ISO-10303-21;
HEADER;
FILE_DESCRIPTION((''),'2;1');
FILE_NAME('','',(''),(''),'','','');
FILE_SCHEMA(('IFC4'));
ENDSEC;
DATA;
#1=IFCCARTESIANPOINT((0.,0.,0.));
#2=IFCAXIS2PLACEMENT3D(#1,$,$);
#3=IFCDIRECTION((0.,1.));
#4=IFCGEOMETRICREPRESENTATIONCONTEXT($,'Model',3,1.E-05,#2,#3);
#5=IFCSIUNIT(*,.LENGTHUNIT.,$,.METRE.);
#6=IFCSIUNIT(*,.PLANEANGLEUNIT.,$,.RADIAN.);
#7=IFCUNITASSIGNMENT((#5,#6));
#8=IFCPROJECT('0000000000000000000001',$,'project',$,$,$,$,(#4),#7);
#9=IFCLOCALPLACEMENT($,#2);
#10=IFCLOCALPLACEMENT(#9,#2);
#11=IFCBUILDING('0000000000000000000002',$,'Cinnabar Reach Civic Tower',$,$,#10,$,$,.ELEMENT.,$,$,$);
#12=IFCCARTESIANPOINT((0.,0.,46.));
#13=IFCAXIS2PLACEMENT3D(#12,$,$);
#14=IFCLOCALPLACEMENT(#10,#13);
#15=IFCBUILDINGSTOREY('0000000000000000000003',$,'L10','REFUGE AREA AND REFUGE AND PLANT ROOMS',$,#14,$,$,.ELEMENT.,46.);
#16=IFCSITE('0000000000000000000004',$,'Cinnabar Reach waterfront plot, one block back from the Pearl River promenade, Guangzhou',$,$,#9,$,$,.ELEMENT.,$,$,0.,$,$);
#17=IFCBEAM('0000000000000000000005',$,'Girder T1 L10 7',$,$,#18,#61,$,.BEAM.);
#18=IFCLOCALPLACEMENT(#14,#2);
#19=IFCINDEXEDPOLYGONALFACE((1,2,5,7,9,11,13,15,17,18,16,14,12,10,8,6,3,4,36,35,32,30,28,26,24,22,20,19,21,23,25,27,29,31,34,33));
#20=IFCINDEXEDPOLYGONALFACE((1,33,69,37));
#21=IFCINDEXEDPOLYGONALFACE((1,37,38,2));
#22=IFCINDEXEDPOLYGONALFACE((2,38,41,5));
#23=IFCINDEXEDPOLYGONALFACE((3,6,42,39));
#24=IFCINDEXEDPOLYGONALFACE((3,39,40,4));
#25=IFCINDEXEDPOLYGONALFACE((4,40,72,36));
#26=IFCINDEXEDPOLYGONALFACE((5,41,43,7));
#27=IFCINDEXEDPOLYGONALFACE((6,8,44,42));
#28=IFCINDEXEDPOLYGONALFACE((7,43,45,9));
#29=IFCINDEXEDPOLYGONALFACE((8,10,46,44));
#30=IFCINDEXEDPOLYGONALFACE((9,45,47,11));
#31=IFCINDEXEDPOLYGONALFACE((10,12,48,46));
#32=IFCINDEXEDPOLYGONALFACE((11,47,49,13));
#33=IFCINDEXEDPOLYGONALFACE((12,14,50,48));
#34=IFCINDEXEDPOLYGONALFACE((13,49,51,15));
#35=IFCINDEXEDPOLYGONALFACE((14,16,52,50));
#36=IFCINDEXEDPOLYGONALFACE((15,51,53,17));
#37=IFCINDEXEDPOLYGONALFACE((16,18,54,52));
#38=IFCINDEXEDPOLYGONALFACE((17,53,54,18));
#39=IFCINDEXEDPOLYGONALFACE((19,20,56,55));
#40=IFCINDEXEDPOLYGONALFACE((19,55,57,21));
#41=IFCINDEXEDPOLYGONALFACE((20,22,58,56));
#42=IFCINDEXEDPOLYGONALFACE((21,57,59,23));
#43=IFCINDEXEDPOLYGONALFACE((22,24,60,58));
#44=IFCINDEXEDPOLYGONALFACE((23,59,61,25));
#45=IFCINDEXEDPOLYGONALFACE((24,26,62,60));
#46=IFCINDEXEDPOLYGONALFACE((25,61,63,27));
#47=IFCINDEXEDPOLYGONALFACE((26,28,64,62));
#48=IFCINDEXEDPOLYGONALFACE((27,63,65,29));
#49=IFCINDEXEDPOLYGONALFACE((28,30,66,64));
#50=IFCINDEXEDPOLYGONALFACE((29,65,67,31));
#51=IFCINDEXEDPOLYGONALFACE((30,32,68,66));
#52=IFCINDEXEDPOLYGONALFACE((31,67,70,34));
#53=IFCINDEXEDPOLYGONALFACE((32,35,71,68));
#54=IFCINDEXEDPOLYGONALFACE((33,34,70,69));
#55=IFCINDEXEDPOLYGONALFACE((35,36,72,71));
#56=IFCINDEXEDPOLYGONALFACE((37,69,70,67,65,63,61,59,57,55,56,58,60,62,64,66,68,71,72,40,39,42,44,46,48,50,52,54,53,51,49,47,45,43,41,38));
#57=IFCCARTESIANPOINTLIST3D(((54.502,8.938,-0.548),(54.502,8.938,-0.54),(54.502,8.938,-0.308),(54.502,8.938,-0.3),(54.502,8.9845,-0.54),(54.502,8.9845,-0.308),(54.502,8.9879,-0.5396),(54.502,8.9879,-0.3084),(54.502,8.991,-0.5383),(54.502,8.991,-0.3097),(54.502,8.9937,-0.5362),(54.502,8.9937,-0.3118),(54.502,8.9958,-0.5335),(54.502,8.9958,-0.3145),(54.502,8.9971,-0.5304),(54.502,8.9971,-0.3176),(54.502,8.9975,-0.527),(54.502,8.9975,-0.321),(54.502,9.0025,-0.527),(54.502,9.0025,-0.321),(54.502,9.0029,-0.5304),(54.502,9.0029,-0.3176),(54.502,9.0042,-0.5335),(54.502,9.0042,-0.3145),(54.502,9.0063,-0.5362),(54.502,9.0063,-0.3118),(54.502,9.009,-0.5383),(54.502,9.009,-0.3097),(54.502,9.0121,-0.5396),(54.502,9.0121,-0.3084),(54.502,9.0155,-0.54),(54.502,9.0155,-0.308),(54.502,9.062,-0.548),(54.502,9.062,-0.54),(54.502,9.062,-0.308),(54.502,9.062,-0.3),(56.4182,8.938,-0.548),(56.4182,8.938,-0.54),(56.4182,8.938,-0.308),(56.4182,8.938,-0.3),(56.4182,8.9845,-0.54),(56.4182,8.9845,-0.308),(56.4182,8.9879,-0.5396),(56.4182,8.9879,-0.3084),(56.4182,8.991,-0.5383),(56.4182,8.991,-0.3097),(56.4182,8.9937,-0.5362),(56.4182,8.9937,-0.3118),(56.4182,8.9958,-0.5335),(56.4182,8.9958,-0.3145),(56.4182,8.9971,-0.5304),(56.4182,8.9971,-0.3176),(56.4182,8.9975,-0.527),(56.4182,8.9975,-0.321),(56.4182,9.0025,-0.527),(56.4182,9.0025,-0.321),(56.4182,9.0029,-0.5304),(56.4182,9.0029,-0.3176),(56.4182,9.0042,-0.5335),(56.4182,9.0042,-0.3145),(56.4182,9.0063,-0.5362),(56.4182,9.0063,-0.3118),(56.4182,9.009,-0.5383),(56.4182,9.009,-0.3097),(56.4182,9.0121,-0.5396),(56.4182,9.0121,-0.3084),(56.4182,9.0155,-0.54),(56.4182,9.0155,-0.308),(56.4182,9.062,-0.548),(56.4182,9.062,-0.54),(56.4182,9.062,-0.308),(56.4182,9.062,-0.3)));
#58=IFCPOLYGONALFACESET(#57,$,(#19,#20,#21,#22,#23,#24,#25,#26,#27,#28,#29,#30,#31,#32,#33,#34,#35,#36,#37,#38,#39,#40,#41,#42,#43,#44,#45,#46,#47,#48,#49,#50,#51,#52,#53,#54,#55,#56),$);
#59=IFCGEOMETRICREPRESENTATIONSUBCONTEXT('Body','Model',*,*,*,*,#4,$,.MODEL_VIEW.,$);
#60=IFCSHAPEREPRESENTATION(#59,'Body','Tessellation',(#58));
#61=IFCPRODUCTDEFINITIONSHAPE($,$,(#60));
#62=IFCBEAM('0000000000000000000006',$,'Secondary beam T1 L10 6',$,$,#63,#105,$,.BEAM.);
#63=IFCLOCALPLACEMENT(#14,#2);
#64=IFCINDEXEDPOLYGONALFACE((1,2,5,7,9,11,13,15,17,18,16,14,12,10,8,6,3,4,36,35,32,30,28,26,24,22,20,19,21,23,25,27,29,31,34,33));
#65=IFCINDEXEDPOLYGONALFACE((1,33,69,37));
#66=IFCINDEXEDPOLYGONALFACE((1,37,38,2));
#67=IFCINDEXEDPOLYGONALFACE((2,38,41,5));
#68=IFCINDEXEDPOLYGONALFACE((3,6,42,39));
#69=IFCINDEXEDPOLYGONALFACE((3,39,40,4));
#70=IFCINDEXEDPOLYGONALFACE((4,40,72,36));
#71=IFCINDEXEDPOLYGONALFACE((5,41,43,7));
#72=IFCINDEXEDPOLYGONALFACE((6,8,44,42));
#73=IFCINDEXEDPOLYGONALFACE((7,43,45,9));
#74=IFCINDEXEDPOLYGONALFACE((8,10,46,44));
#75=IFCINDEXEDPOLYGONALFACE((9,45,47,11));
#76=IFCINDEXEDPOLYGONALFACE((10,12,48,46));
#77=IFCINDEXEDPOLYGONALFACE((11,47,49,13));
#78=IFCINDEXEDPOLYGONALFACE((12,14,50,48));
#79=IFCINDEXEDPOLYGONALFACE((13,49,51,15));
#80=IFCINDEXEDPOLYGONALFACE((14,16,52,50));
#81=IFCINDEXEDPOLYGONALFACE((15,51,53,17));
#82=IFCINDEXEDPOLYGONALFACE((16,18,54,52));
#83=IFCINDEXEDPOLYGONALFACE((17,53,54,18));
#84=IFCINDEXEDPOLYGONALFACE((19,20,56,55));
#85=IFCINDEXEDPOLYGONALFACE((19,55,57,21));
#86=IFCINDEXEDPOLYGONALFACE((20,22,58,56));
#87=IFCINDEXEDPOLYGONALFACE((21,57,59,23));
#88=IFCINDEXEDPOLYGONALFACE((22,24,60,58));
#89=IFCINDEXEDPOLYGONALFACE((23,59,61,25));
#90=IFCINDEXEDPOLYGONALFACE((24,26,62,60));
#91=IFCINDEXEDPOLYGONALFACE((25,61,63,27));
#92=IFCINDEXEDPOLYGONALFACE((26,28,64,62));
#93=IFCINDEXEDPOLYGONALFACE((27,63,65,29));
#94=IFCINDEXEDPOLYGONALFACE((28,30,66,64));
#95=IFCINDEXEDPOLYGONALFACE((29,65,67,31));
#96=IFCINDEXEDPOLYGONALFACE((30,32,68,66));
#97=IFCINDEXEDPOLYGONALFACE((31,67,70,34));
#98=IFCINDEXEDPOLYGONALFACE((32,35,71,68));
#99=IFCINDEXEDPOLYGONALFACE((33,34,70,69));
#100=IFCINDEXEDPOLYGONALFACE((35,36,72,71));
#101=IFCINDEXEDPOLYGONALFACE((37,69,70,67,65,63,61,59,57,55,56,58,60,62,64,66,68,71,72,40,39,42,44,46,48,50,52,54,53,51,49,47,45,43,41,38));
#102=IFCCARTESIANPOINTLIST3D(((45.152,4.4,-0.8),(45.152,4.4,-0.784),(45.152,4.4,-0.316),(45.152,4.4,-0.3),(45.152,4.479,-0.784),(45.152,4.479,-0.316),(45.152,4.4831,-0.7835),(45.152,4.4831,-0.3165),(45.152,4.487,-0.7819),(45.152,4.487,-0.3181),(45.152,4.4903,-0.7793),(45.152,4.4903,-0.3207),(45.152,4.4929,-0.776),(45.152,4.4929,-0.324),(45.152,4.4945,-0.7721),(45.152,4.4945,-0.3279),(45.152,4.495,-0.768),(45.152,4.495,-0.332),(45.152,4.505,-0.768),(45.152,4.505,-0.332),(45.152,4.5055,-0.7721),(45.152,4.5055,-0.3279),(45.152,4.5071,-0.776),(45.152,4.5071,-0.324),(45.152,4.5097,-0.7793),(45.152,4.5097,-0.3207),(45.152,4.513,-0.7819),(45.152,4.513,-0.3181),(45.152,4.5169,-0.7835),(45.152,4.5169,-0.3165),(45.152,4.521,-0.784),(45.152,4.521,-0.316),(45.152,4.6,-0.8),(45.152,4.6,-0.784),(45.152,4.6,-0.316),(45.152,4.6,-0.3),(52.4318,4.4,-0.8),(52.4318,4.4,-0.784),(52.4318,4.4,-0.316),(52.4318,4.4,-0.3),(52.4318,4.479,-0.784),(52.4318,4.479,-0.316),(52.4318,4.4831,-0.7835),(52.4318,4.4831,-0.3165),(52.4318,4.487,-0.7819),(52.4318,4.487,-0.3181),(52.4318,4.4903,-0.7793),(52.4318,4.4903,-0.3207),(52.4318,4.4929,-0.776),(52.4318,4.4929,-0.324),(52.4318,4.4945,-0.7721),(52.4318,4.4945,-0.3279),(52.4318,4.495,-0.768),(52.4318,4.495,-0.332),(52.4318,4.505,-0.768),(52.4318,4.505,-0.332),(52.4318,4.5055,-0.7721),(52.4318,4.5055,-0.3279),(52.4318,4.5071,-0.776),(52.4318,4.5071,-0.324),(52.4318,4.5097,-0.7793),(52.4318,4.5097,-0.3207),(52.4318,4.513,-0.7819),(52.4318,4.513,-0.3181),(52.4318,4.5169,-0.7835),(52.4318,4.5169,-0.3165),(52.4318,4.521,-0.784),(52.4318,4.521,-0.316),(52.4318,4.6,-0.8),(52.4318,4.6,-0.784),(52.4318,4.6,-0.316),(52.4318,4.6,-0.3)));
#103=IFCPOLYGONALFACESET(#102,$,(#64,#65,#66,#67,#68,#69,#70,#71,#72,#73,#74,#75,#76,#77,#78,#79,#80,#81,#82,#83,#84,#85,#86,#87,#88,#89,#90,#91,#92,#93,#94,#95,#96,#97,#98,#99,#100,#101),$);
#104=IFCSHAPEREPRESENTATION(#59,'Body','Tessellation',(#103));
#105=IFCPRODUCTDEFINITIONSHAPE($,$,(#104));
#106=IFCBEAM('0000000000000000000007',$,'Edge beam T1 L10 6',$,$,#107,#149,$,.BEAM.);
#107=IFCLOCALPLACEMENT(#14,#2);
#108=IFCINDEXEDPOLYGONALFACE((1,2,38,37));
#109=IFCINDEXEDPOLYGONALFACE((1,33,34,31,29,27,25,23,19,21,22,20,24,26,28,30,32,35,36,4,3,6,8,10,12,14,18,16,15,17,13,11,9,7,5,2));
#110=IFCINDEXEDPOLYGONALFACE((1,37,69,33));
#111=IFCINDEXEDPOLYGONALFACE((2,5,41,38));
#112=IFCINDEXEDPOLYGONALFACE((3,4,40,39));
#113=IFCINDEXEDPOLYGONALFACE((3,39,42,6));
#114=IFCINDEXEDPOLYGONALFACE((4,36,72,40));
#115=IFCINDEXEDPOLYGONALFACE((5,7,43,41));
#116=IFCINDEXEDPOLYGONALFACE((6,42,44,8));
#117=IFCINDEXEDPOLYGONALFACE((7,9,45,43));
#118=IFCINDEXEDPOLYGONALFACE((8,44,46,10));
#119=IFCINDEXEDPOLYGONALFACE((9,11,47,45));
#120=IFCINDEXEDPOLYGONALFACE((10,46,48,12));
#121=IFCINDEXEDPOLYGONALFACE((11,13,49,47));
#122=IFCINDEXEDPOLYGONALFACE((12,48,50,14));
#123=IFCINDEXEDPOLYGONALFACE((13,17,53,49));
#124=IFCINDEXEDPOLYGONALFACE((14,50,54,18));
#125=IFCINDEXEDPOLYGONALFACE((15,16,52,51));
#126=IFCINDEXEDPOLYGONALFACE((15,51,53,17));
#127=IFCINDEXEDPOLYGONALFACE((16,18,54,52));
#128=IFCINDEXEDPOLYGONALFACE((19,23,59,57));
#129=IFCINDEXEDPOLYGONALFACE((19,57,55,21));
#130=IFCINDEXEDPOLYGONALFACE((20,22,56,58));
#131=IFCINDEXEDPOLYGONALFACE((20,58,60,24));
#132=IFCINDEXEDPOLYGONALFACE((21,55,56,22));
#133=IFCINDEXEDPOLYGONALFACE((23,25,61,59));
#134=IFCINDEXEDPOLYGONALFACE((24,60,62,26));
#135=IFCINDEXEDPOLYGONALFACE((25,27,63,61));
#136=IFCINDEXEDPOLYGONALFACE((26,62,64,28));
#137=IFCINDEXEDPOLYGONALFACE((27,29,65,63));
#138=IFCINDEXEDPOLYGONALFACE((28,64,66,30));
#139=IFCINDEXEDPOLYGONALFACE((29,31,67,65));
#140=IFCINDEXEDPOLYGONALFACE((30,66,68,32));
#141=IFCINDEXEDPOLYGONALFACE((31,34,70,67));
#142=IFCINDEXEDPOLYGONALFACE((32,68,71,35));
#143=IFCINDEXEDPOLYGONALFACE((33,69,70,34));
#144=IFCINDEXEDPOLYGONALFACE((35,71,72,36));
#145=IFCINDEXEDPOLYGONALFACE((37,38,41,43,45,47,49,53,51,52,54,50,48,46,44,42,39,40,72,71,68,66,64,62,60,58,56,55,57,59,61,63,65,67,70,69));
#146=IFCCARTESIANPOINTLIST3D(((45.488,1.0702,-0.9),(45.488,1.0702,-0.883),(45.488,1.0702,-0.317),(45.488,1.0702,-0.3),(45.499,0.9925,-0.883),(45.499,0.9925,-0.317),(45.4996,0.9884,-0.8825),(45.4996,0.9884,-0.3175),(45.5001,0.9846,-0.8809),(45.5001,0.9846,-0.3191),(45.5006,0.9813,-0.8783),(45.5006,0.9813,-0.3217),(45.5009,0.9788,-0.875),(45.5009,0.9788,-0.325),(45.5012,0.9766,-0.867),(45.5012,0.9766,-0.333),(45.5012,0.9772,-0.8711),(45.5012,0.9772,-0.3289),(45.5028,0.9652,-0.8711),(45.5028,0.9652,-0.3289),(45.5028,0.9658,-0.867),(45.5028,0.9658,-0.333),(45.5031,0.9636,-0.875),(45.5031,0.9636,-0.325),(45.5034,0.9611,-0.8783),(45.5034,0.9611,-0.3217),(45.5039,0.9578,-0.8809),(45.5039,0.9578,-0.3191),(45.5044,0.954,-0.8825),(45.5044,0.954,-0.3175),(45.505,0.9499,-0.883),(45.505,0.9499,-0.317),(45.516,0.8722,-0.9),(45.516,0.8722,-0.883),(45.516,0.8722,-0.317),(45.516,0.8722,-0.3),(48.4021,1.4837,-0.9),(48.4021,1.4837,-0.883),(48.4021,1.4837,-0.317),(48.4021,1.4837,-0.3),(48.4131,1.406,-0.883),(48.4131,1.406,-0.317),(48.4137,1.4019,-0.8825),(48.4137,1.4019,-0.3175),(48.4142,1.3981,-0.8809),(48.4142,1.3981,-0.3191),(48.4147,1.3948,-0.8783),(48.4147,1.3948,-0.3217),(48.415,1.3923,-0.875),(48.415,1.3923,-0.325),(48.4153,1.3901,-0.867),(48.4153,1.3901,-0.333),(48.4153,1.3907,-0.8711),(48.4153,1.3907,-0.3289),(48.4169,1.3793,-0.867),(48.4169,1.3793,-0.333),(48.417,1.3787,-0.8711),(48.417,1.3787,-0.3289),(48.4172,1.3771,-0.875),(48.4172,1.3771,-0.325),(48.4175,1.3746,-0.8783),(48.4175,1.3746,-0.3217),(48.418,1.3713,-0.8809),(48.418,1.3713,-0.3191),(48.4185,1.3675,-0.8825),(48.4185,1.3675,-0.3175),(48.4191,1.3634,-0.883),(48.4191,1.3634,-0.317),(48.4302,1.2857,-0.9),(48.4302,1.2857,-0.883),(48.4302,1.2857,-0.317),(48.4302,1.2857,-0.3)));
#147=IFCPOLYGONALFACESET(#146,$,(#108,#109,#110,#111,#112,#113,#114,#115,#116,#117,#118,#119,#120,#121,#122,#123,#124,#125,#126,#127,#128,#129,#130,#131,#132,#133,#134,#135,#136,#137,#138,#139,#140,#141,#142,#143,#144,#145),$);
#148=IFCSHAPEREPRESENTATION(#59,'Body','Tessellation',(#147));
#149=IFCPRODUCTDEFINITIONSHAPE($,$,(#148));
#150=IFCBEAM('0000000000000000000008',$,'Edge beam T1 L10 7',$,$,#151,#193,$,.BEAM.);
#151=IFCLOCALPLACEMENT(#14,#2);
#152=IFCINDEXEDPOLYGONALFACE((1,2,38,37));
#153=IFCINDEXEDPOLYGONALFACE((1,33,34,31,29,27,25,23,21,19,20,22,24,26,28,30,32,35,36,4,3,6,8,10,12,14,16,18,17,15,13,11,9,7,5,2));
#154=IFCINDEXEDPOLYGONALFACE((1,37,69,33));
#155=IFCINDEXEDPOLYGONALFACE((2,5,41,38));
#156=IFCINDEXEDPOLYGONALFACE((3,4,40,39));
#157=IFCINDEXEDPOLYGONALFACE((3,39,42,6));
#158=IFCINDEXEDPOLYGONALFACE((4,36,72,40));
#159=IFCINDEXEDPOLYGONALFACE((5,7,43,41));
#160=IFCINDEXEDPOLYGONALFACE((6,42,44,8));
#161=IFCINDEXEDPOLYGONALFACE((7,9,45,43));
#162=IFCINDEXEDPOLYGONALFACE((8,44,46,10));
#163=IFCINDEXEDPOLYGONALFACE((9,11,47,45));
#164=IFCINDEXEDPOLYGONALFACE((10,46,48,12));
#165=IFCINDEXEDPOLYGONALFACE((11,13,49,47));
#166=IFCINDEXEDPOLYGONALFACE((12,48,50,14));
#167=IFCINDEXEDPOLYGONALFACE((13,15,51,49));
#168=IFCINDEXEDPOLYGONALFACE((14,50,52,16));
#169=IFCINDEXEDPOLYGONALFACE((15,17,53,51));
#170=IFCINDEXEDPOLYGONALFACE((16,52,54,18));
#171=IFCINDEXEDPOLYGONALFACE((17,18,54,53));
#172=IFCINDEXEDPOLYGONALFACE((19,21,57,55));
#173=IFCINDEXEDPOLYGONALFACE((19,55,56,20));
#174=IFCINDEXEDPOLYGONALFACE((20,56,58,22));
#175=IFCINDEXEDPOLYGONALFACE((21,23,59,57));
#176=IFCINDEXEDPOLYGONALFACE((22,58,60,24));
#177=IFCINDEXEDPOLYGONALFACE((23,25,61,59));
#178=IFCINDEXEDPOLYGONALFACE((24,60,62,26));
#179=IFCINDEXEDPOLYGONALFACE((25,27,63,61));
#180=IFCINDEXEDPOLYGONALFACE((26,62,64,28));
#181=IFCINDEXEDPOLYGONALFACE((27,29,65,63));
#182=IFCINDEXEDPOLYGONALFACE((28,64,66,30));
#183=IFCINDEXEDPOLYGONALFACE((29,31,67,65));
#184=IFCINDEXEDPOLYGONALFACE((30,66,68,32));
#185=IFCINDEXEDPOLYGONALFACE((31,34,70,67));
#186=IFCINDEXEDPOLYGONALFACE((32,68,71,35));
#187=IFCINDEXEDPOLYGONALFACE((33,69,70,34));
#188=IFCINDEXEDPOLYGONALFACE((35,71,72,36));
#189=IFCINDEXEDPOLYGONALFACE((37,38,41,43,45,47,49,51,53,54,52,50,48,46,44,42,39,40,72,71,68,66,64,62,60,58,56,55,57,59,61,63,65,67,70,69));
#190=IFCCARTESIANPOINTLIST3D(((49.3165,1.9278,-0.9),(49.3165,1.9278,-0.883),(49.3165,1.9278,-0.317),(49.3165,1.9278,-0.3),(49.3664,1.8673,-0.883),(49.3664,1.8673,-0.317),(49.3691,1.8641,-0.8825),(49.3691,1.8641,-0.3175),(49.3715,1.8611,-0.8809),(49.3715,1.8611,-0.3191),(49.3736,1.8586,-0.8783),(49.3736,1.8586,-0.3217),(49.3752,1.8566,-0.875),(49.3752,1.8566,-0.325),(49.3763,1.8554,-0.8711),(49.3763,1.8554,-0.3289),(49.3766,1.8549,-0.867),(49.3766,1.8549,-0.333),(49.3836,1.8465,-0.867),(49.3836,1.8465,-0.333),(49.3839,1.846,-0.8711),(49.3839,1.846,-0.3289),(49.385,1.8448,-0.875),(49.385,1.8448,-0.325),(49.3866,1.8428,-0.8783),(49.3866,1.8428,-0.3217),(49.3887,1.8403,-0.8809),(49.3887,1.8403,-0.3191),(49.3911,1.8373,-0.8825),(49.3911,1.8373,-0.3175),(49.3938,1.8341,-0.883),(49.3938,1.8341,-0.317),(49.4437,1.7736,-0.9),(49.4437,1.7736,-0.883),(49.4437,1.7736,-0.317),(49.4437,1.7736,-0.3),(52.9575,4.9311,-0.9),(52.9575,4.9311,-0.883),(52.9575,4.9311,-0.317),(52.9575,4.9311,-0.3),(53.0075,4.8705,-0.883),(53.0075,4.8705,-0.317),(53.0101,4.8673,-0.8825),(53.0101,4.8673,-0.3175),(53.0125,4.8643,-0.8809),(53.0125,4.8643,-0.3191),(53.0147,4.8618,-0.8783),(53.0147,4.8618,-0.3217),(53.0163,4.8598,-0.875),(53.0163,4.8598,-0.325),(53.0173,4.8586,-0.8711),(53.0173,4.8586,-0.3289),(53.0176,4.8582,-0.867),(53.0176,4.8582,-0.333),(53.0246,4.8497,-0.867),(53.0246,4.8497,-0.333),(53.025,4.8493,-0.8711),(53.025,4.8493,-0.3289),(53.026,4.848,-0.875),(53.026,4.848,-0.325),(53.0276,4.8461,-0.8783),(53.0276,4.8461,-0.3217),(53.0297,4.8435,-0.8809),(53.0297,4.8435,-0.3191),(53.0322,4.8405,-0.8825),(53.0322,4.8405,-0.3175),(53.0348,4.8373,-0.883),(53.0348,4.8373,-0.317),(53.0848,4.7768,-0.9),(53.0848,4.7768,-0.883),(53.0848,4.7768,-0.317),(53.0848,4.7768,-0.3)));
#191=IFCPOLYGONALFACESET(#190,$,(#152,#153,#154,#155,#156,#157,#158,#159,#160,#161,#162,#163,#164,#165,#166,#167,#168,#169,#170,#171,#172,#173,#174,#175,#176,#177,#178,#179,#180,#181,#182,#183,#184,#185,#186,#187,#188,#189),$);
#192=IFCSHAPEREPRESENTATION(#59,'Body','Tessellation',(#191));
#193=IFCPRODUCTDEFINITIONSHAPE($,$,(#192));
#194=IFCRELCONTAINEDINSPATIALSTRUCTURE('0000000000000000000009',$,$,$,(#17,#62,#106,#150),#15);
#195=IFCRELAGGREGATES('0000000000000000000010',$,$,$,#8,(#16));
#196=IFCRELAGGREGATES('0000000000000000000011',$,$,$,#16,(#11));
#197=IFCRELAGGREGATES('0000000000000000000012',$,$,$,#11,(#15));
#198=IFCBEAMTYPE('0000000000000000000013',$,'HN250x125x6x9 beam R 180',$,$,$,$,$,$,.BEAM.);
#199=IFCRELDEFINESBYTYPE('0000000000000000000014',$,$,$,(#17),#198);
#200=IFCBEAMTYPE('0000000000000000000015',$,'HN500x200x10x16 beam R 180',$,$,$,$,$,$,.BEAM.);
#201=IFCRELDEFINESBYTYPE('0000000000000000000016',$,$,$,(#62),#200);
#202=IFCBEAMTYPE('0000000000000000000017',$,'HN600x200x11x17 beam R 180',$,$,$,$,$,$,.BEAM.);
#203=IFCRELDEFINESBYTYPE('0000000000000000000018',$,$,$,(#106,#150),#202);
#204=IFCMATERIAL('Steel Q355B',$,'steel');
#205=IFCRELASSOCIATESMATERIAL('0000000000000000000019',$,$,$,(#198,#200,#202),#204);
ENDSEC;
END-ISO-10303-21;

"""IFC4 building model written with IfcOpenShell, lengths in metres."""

from ifc_helpers import new_model, si_unit, direction, frame, origin, origin_2d, place, context, subcontext, project, spatial, i_section, extrude, material, material_profile, profile_set, type_object, element, save


model = new_model("IFC4")

# Units and contexts
model_context = context("Model", 3, precision=1e-05, world=origin(), true_north=direction((0.0, 1.0)))
body_context = subcontext(model_context, "Body", "Model", "MODEL_VIEW")
ifc_project = project(units=[si_unit("LENGTHUNIT", "METRE"), si_unit("PLANEANGLEUNIT", "RADIAN")], contexts=[model_context])

# Site, building, storey
site_placement = place(None, origin())
site = spatial("IfcSite", under=ifc_project, at=site_placement, Name="Cinnabar Reach waterfront plot, one block back from the Pearl River promenade, Guangzhou", CompositionType="ELEMENT", RefElevation=0.0)
building_placement = place(site_placement, origin())
building = spatial("IfcBuilding", under=site, at=building_placement, Name="Cinnabar Reach Civic Tower", CompositionType="ELEMENT")
storey_placement = place(building_placement, frame((0.0, 0.0, 46.0)))
storey = spatial("IfcBuildingStorey", under=building, at=storey_placement, Name="L10", Description="REFUGE AREA AND REFUGE AND PLANT ROOMS", CompositionType="ELEMENT", Elevation=46.0)

# Beams
ifc_material_1 = material(Name="Steel Q355B", Category="steel")
ifc_material_profile_1 = material_profile(ifc_material_1, i_section(OverallWidth=0.124, OverallDepth=0.248, WebThickness=0.005, FlangeThickness=0.008, FilletRadius=0.013, at=origin_2d()), Name="HN250x125x6x9")
ifc_profile_set_1 = profile_set([ifc_material_profile_1], Name="Steel Q355B")
beam_type_1 = type_object("IfcBeamType", Name="HN250x125x6x9 beam R 180", PredefinedType="BEAM", material=ifc_profile_set_1)
beam_1_placement = place(storey_placement, frame((54.502, 9.0, -0.424), z_axis=(1.0, 0.0, 0.0), x_axis=(0.0, 1.0, 0.0)))
element("IfcBeam", 1, at=beam_1_placement, inside=storey, type_object=beam_type_1, Name="Girder T1 L10 7", PredefinedType="BEAM", context=body_context, shape_type="SweptSolid", body=[
    extrude(i_section(OverallWidth=0.124, OverallDepth=0.248, WebThickness=0.005, FlangeThickness=0.008, FilletRadius=0.013, at=origin_2d()), origin(), (0.0, 0.0, 1.0), 1.9162),
])
ifc_material_profile_2 = material_profile(ifc_material_1, i_section(OverallWidth=0.2, OverallDepth=0.5, WebThickness=0.01, FlangeThickness=0.016, FilletRadius=0.016, at=origin_2d()), Name="HN500x200x10x16")
ifc_profile_set_2 = profile_set([ifc_material_profile_2], Name="Steel Q355B")
beam_type_2 = type_object("IfcBeamType", Name="HN500x200x10x16 beam R 180", PredefinedType="BEAM", material=ifc_profile_set_2)
beam_2_placement = place(storey_placement, frame((45.152, 4.5, -0.55), z_axis=(1.0, 0.0, 0.0), x_axis=(0.0, 1.0, 0.0)))
element("IfcBeam", 2, at=beam_2_placement, inside=storey, type_object=beam_type_2, Name="Secondary beam T1 L10 6", PredefinedType="BEAM", context=body_context, shape_type="SweptSolid", body=[
    extrude(i_section(OverallWidth=0.2, OverallDepth=0.5, WebThickness=0.01, FlangeThickness=0.016, FilletRadius=0.016, at=origin_2d()), origin(), (0.0, 0.0, 1.0), 7.2798),
])
ifc_material_profile_3 = material_profile(ifc_material_1, i_section(OverallWidth=0.2, OverallDepth=0.6, WebThickness=0.011, FlangeThickness=0.017, FilletRadius=0.016, at=origin_2d()), Name="HN600x200x11x17")
ifc_profile_set_3 = profile_set([ifc_material_profile_3], Name="Steel Q355B")
beam_type_3 = type_object("IfcBeamType", Name="HN600x200x11x17 beam R 180", PredefinedType="BEAM", material=ifc_profile_set_3)
beam_3_placement = place(storey_placement, frame((45.502, 0.9712, -0.6), z_axis=(0.990082, 0.140489, 0.0), x_axis=(-0.140489, 0.990082, 0.0)))
element("IfcBeam", 3, at=beam_3_placement, inside=storey, type_object=beam_type_3, Name="Edge beam T1 L10 6", PredefinedType="BEAM", context=body_context, shape_type="SweptSolid", body=[
    extrude(i_section(OverallWidth=0.2, OverallDepth=0.6, WebThickness=0.011, FlangeThickness=0.017, FilletRadius=0.016, at=origin_2d()), origin(), (0.0, 0.0, 1.0), 2.9433),
])
for number, where, z_axis, x_axis, name in (
    (4, (49.3801, 1.8507, -0.6), (0.771438, 0.636304, 0.0), (-0.636304, 0.771438, 0.0), "Edge beam T1 L10 7"),
):
    element("IfcBeam", number, at=place(storey_placement, frame(where, z_axis=z_axis, x_axis=x_axis)), inside=storey, type_object=beam_type_3, Name=name, PredefinedType="BEAM", context=body_context, shape_type="SweptSolid", body=[
        extrude(i_section(OverallWidth=0.2, OverallDepth=0.6, WebThickness=0.011, FlangeThickness=0.017, FilletRadius=0.016, at=origin_2d()), origin(), (0.0, 0.0, 1.0), 4.7198),
    ])

save(model, "model.ifc")
